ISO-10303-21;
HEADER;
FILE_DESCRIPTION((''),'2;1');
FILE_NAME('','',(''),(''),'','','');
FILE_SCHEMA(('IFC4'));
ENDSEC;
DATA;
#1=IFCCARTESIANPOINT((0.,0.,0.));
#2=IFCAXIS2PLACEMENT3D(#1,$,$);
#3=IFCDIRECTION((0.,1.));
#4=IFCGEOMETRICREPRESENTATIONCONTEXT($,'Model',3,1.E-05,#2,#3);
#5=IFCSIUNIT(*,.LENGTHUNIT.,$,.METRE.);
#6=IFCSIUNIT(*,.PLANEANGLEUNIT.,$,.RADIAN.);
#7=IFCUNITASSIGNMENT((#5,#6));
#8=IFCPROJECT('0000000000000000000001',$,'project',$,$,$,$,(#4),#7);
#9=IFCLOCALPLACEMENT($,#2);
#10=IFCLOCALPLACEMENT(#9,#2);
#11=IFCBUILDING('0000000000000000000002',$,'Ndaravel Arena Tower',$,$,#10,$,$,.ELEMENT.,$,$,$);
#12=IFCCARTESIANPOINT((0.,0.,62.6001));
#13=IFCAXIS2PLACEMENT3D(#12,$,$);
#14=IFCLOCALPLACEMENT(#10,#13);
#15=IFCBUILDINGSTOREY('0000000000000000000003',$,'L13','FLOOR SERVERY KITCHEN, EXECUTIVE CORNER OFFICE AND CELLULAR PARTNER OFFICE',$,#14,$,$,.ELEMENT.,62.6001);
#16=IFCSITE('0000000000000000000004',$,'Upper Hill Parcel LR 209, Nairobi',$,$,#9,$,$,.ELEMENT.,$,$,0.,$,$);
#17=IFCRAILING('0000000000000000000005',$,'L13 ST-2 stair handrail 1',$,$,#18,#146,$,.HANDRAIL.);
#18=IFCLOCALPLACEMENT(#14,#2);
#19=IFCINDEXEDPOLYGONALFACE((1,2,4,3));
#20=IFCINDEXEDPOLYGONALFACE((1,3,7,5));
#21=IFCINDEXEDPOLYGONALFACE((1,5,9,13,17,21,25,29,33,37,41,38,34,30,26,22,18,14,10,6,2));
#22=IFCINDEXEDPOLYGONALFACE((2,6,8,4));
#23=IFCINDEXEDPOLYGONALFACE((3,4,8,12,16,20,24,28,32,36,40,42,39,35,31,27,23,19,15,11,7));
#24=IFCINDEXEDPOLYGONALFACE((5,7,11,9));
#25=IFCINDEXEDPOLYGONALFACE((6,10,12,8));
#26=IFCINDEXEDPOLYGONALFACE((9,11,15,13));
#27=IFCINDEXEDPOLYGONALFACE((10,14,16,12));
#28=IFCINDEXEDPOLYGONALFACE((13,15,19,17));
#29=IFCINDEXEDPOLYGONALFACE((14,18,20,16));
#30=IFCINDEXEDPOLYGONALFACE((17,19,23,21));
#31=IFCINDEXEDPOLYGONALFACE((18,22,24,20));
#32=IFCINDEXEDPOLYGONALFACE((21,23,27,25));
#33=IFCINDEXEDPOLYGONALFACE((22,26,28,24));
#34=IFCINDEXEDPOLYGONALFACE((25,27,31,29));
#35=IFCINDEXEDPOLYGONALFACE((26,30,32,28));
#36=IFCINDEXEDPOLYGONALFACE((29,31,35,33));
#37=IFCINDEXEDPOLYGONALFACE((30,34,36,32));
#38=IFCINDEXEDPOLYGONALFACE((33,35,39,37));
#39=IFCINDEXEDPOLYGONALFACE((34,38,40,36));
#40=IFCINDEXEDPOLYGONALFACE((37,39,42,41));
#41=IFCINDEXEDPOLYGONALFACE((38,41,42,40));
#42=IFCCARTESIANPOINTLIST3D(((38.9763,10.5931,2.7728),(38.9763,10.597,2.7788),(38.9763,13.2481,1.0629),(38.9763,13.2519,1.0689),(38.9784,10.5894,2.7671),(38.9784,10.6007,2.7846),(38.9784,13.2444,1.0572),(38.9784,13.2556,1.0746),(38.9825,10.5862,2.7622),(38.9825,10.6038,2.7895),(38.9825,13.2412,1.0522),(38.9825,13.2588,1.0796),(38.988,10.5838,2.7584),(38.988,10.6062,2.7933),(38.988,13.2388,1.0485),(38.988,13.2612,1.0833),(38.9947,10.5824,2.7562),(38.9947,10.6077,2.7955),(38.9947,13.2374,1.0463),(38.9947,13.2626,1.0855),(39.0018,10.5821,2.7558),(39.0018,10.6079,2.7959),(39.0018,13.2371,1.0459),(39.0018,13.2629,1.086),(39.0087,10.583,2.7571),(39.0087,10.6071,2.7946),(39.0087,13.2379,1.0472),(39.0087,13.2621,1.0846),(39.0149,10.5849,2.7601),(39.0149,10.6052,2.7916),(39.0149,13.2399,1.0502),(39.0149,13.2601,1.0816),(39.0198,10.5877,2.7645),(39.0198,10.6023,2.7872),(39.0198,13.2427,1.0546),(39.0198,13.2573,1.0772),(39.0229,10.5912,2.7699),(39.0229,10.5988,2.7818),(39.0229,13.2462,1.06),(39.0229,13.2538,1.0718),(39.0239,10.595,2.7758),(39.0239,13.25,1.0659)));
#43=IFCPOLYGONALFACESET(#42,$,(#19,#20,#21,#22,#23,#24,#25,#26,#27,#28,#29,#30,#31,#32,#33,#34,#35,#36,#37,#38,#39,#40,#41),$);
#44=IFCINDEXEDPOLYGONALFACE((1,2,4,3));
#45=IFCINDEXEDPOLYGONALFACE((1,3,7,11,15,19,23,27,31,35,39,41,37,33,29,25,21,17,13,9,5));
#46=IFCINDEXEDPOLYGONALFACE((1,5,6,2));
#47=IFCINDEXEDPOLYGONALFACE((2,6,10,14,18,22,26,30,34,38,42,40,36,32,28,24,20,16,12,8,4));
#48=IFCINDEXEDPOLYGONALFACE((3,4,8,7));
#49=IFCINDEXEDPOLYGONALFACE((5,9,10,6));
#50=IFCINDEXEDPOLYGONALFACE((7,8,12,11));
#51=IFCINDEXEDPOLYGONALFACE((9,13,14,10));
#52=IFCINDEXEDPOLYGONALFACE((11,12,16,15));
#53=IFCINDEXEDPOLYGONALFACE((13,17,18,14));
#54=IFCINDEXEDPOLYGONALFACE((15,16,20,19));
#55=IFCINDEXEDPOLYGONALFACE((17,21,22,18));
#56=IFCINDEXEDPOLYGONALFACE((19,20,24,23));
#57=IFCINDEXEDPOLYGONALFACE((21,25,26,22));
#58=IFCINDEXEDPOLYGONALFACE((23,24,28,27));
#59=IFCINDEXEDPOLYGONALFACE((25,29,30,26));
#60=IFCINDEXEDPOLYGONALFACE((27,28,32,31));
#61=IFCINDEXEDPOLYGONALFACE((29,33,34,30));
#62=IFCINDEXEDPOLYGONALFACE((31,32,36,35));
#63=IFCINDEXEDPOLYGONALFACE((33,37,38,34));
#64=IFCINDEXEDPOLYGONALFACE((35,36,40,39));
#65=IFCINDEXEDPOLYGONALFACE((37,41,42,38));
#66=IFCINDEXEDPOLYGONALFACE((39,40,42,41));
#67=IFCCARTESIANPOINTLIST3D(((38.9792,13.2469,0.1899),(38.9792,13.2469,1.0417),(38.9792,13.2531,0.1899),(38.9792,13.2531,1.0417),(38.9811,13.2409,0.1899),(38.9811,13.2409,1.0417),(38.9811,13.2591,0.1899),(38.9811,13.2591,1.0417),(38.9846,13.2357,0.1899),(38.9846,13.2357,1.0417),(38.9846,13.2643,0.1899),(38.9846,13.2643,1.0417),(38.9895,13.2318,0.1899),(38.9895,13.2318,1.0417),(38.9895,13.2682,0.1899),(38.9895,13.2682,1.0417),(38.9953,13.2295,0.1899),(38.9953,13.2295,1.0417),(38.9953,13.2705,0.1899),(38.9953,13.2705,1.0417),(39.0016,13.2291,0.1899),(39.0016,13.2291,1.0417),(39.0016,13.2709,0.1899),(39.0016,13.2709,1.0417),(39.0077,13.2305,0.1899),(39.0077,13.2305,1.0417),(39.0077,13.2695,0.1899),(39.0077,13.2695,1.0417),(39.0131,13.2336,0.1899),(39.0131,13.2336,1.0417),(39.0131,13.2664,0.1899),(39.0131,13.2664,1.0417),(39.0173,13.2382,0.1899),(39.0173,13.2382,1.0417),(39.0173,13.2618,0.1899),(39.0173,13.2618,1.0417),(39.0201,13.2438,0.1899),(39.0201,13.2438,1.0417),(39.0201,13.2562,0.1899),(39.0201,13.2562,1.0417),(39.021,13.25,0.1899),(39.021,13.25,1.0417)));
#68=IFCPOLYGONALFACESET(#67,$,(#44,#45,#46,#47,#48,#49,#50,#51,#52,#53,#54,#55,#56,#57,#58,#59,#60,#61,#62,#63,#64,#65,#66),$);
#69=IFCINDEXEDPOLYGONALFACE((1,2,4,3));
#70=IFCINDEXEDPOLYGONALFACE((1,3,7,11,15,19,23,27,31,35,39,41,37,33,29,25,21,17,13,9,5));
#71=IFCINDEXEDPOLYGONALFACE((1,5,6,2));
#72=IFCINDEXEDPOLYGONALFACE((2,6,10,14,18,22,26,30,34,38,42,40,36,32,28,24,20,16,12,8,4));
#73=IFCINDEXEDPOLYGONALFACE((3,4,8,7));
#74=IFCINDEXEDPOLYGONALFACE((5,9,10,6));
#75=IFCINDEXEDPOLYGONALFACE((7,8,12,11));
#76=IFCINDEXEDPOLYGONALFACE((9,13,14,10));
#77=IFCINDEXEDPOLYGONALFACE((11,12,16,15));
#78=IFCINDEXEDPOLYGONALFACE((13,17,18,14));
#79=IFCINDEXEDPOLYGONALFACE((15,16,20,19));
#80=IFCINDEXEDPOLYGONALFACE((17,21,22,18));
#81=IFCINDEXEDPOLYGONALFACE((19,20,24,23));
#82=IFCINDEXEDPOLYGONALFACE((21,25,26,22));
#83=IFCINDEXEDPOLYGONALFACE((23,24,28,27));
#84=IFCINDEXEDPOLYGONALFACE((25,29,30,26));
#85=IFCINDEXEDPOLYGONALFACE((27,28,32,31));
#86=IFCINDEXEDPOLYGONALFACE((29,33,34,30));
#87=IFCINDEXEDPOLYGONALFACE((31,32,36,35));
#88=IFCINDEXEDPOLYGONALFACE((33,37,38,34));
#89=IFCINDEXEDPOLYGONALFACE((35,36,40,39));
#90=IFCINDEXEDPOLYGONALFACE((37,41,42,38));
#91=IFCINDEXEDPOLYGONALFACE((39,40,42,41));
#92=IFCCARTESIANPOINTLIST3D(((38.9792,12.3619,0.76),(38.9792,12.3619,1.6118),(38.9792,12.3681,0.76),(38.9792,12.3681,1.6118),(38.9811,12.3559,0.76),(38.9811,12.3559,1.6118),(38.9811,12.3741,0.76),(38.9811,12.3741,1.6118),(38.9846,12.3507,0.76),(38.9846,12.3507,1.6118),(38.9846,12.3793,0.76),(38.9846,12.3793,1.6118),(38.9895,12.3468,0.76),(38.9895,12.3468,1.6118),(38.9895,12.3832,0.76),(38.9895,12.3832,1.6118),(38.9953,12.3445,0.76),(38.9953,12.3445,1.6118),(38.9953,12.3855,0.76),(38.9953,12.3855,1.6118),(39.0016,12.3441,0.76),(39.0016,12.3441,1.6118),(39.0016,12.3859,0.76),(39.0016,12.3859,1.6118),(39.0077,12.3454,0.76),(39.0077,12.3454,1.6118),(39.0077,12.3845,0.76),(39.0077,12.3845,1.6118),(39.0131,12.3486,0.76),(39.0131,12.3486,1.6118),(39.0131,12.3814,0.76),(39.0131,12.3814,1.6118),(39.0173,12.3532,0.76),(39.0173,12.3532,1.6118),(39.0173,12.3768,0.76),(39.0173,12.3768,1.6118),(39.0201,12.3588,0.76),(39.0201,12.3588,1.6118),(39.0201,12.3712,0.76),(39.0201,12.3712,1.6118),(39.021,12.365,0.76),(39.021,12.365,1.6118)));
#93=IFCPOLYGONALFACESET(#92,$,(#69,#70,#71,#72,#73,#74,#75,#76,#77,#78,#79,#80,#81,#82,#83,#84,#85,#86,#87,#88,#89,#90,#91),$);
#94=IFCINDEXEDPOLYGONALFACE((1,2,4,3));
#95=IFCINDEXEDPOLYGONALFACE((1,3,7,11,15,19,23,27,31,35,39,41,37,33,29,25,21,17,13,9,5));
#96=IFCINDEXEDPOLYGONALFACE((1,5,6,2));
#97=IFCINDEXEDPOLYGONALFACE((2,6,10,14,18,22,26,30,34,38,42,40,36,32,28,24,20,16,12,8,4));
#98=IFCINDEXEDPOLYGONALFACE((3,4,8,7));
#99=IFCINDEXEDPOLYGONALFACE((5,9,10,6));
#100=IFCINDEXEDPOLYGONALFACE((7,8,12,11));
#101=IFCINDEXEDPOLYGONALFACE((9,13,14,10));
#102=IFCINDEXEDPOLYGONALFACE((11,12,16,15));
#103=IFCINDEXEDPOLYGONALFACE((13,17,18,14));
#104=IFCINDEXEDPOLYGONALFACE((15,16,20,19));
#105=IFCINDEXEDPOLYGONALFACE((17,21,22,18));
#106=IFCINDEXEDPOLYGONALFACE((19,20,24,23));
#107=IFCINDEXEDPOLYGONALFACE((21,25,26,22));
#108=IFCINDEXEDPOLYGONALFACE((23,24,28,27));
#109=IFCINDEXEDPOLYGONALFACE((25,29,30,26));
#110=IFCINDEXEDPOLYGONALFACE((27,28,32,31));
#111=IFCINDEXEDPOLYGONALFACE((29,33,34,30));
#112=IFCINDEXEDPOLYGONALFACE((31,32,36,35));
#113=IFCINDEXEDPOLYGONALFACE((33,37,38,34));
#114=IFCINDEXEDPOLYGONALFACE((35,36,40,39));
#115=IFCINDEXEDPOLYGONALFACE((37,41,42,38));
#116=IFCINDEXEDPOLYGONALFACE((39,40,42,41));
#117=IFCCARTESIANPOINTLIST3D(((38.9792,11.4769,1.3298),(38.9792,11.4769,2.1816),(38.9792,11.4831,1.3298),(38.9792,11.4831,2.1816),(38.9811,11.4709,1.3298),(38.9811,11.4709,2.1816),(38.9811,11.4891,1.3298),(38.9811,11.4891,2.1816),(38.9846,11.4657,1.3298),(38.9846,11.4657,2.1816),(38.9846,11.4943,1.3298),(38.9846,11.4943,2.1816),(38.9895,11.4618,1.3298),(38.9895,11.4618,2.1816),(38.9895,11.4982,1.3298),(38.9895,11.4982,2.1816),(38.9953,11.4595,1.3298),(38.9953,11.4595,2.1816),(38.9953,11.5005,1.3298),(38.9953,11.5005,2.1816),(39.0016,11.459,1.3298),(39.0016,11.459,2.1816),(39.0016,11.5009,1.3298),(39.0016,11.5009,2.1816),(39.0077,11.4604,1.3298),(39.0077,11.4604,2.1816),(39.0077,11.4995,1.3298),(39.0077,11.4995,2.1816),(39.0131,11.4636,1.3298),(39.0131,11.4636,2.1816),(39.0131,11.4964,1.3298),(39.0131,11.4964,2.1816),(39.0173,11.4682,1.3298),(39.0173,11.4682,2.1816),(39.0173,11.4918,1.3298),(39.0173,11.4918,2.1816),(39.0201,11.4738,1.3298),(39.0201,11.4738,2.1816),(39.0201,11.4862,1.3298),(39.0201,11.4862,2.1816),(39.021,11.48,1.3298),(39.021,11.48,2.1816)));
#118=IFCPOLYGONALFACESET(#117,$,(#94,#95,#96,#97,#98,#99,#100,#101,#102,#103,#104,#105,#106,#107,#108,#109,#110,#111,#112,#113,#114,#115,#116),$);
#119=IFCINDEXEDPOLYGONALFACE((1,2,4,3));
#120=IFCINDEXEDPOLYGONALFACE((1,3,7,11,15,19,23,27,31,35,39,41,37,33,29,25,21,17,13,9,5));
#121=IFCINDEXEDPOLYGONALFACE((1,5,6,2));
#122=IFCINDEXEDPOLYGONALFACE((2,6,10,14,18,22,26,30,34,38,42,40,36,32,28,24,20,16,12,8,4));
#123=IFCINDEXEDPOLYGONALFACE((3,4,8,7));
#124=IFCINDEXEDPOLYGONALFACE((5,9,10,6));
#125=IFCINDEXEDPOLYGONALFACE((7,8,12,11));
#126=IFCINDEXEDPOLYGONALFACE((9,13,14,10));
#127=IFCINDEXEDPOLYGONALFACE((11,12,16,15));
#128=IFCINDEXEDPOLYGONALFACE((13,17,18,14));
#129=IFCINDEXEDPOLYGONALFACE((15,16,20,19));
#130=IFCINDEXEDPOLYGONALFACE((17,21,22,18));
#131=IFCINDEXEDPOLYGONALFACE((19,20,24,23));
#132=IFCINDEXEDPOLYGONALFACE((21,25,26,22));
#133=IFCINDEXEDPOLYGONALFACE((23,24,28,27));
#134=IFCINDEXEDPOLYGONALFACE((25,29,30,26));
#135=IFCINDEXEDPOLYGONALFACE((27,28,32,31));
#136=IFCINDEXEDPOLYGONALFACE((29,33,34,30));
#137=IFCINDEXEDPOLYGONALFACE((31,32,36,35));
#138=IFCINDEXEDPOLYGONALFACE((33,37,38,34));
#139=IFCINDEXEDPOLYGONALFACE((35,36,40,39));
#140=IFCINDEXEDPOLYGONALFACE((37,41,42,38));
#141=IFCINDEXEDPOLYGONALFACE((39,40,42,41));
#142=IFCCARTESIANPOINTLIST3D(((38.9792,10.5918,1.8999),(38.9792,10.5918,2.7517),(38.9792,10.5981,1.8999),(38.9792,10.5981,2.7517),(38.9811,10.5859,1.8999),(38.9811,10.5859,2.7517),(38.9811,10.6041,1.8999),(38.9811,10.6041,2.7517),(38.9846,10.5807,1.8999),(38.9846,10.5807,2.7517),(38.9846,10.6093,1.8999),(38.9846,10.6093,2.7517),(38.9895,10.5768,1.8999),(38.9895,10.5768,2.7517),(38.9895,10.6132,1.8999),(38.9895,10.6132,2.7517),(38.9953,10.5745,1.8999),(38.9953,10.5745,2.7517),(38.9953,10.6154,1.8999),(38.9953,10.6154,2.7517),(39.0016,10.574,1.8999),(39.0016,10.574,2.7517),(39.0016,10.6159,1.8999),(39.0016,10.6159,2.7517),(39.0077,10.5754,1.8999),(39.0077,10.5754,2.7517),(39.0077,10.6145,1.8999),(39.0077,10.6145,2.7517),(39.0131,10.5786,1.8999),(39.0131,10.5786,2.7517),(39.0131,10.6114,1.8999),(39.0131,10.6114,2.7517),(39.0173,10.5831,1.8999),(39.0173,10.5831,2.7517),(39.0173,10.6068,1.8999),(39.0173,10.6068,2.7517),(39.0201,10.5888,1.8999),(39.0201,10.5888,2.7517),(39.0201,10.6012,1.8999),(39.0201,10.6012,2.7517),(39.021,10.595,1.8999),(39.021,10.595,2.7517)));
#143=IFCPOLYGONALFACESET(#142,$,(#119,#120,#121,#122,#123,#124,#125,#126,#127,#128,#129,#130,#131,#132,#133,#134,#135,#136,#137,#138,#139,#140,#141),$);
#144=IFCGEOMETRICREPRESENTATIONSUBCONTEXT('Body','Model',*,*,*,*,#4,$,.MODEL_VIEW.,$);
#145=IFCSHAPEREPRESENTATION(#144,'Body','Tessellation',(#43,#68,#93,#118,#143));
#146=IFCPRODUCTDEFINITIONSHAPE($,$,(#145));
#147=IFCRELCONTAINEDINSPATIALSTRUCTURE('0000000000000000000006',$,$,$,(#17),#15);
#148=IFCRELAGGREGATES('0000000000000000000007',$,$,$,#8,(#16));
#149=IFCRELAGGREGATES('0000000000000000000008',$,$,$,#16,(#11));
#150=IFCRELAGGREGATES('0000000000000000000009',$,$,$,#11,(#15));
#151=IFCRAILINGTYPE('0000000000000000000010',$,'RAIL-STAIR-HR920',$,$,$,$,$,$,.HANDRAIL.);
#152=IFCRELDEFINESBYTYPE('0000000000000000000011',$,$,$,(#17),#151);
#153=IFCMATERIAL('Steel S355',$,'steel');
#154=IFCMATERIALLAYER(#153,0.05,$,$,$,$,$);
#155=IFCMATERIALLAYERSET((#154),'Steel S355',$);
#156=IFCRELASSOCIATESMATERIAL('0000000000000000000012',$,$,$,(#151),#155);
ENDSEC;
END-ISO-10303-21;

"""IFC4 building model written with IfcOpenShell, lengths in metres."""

from ifc_helpers import new_model, si_unit, direction, frame, origin, origin_2d, place, context, subcontext, project, spatial, circle, extrude, material, layer, layer_set, type_object, element, save


model = new_model("IFC4")

# Units and contexts
model_context = context("Model", 3, precision=1e-05, world=origin(), true_north=direction((0.0, 1.0)))
body_context = subcontext(model_context, "Body", "Model", "MODEL_VIEW")
ifc_project = project(units=[si_unit("LENGTHUNIT", "METRE"), si_unit("PLANEANGLEUNIT", "RADIAN")], contexts=[model_context])

# Site, building, storey
site_placement = place(None, origin())
site = spatial("IfcSite", under=ifc_project, at=site_placement, Name="Upper Hill Parcel LR 209, Nairobi", CompositionType="ELEMENT", RefElevation=0.0)
building_placement = place(site_placement, origin())
building = spatial("IfcBuilding", under=site, at=building_placement, Name="Ndaravel Arena Tower", CompositionType="ELEMENT")
storey_placement = place(building_placement, frame((0.0, 0.0, 62.6001)))
storey = spatial("IfcBuildingStorey", under=building, at=storey_placement, Name="L13", Description="FLOOR SERVERY KITCHEN, EXECUTIVE CORNER OFFICE AND CELLULAR PARTNER OFFICE", CompositionType="ELEMENT", Elevation=62.6001)

# Railing
ifc_material_1 = material(Name="Steel S355", Category="steel")
ifc_layer_1 = layer(ifc_material_1, 0.05)
ifc_layer_set_1 = layer_set([ifc_layer_1], Name="Steel S355")
railing_type_1 = type_object("IfcRailingType", Name="RAIL-STAIR-HR920", PredefinedType="HANDRAIL", material=ifc_layer_set_1)
railing_1_placement = place(storey_placement, frame((39.0, 13.25, 0.1899)))
element("IfcRailing", 1, at=railing_1_placement, inside=storey, type_object=railing_type_1, Name="L13 ST-2 stair handrail 1", PredefinedType="HANDRAIL", context=body_context, shape_type="SweptSolid", body=[
    extrude(circle(Radius=0.0239, at=origin_2d()), frame((0.0, 0.0, 0.876), z_axis=(0.0, -0.840724, 0.541465), x_axis=(1.0, 0.0, 0.0)), (0.0, 0.0, 1.0), 3.158),
    extrude(circle(Radius=0.021, at=origin_2d()), origin(), (0.0, 0.0, 1.0), 0.8518),
    extrude(circle(Radius=0.021, at=origin_2d()), frame((0.0, -0.885, 0.5701)), (0.0, 0.0, 1.0), 0.8518),
    extrude(circle(Radius=0.021, at=origin_2d()), frame((0.0, -1.77, 1.1399)), (0.0, 0.0, 1.0), 0.8518),
    extrude(circle(Radius=0.021, at=origin_2d()), frame((0.0, -2.655, 1.71)), (0.0, 0.0, 1.0), 0.8518),
])

save(model, "model.ifc")
